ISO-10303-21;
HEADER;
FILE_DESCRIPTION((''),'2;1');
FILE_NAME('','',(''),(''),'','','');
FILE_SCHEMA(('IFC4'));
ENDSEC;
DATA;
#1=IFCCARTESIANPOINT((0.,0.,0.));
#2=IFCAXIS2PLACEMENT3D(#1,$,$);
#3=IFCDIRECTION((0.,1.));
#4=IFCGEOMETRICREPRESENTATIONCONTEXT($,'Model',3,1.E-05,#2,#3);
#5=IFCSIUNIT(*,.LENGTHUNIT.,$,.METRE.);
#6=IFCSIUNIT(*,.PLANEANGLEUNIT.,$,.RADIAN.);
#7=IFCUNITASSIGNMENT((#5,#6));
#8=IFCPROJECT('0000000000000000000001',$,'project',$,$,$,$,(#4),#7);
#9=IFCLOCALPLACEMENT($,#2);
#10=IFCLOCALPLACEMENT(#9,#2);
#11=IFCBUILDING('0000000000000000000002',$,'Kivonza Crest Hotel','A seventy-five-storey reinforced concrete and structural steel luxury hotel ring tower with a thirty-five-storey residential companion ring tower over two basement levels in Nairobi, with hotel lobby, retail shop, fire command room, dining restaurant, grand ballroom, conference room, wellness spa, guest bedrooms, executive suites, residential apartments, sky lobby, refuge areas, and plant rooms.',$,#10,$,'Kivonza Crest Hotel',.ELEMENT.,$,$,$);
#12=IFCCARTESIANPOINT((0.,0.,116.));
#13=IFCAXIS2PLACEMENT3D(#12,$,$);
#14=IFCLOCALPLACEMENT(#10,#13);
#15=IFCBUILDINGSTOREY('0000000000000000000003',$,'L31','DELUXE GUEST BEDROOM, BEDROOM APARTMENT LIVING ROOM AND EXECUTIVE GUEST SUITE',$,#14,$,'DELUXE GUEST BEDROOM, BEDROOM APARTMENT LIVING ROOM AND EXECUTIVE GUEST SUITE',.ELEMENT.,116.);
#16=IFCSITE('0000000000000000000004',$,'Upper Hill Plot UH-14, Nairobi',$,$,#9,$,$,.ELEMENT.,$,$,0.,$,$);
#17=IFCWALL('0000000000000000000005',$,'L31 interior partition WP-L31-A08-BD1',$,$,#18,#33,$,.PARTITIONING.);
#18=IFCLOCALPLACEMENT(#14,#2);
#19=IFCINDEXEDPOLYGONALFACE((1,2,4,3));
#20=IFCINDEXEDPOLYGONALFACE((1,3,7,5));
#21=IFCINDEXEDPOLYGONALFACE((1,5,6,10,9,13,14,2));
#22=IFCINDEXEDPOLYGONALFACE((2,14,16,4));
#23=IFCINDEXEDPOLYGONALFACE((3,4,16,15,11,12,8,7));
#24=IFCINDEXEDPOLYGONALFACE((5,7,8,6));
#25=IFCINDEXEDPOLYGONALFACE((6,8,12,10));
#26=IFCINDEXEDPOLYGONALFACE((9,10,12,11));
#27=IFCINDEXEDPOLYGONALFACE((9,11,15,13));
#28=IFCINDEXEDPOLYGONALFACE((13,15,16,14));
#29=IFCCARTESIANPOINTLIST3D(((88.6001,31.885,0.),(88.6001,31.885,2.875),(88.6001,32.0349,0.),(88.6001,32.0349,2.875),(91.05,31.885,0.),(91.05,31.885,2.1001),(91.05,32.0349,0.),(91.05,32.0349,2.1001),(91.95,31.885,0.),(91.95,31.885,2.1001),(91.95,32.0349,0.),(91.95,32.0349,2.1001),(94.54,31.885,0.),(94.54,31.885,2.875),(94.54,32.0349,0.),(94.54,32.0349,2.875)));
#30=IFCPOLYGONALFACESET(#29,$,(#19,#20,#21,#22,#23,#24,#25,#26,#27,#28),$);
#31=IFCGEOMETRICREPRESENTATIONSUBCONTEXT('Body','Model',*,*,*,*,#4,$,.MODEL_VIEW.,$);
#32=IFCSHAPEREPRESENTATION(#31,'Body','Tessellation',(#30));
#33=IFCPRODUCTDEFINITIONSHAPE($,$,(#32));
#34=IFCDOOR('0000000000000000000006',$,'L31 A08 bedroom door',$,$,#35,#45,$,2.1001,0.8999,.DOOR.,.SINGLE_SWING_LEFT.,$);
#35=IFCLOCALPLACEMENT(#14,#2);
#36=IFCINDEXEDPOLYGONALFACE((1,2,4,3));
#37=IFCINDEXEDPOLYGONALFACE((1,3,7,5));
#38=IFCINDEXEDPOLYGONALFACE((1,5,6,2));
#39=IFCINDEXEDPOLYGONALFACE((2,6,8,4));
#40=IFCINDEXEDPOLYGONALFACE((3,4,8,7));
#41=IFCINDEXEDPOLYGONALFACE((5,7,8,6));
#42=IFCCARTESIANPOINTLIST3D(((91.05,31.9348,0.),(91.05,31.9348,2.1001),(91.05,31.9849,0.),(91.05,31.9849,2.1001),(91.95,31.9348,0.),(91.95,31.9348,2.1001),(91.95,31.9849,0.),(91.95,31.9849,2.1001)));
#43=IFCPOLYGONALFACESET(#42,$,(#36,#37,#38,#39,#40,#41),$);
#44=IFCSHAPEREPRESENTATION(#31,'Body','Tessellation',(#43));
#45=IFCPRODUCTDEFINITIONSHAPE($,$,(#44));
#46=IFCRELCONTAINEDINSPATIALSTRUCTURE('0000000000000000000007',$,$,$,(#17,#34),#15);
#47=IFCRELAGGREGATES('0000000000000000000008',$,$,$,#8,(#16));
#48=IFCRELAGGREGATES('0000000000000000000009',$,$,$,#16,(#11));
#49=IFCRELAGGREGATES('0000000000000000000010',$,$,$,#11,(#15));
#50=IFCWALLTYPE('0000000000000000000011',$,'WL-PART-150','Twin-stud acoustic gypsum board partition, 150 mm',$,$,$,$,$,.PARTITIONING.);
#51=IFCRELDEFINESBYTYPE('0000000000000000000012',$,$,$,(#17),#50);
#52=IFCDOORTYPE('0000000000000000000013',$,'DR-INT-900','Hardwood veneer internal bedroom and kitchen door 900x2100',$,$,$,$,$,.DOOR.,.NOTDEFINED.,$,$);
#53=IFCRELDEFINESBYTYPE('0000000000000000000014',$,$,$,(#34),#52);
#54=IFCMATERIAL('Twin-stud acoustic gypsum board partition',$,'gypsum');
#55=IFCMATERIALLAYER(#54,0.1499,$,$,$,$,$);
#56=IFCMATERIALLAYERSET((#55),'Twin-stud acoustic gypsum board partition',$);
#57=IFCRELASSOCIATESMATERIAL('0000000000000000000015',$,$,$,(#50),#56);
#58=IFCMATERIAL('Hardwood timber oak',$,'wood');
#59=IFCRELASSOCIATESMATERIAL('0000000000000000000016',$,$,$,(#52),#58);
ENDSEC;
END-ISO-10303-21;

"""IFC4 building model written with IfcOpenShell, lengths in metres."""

from ifc_helpers import new_model, si_unit, direction, frame, frame_2d, origin, place, context, subcontext, project, spatial, rectangle, extrude, material, layer, layer_set, type_object, element, fill, save


model = new_model("IFC4")

# Units and contexts
model_context = context("Model", 3, precision=1e-05, world=origin(), true_north=direction((0.0, 1.0)))
body_context = subcontext(model_context, "Body", "Model", "MODEL_VIEW")
ifc_project = project(units=[si_unit("LENGTHUNIT", "METRE"), si_unit("PLANEANGLEUNIT", "RADIAN")], contexts=[model_context])

# Site, building, storey
site_placement = place(None, origin())
site = spatial("IfcSite", under=ifc_project, at=site_placement, Name="Upper Hill Plot UH-14, Nairobi", CompositionType="ELEMENT", RefElevation=0.0)
building_placement = place(site_placement, origin())
building = spatial("IfcBuilding", under=site, at=building_placement, Name="Kivonza Crest Hotel", Description="A seventy-five-storey reinforced concrete and structural steel luxury hotel ring tower with a thirty-five-storey residential companion ring tower over two basement levels in Nairobi, with hotel lobby, retail shop, fire command room, dining restaurant, grand ballroom, conference room, wellness spa, guest bedrooms, executive suites, residential apartments, sky lobby, refuge areas, and plant rooms.", LongName="Kivonza Crest Hotel", CompositionType="ELEMENT")
storey_placement = place(building_placement, frame((0.0, 0.0, 116.0)))
storey = spatial("IfcBuildingStorey", under=building, at=storey_placement, Name="L31", Description="DELUXE GUEST BEDROOM, BEDROOM APARTMENT LIVING ROOM AND EXECUTIVE GUEST SUITE", LongName="DELUXE GUEST BEDROOM, BEDROOM APARTMENT LIVING ROOM AND EXECUTIVE GUEST SUITE", CompositionType="ELEMENT", Elevation=116.0)

# Shared definitions
ifc_material_1 = material(Name="Hardwood timber oak", Category="wood")

# Shared definitions
ifc_material_2 = material(Name="Twin-stud acoustic gypsum board partition", Category="gypsum")
ifc_layer_1 = layer(ifc_material_2, 0.1499)
ifc_layer_set_1 = layer_set([ifc_layer_1], Name="Twin-stud acoustic gypsum board partition")
wall_type_1 = type_object("IfcWallType", Name="WL-PART-150", Description="Twin-stud acoustic gypsum board partition, 150 mm", PredefinedType="PARTITIONING", material=ifc_layer_set_1)
door_type_1 = type_object("IfcDoorType", Name="DR-INT-900", Description="Hardwood veneer internal bedroom and kitchen door 900x2100", OperationType="NOTDEFINED", PredefinedType="DOOR", material=ifc_material_1)

# Wall, opening, door
wall_1_placement = place(storey_placement, frame((88.6001, 31.96, 0.0), z_axis=(0.0, 0.0, 1.0), x_axis=(1.0, 0.0, 0.0)))
wall_1 = element("IfcWall", 1, at=wall_1_placement, inside=storey, type_object=wall_type_1, Name="L31 interior partition WP-L31-A08-BD1", PredefinedType="PARTITIONING", context=body_context, shape_type="SweptSolid", body=[
    extrude(rectangle(XDim=5.9399, YDim=0.1499, at=frame_2d((2.97, 0.0))), origin(), (0.0, 0.0, 1.0), 2.875),
])
opening_1_placement = place(wall_1_placement, frame((2.45, 0.0, 0.0)))
opening_1 = element("IfcOpeningElement", 2, at=opening_1_placement, cuts=wall_1, PredefinedType="OPENING", context=body_context, shape_type="SweptSolid", body=[
    extrude(rectangle(XDim=0.8999, YDim=2.1001, at=frame_2d((0.45, 1.05))), frame((0.0, 0.085, 0.0), z_axis=(0.0, -1.0, 0.0), x_axis=(1.0, 0.0, 0.0)), (0.0, 0.0, 1.0), 0.1699),
])
door_1_placement = place(opening_1_placement, origin())
door_1 = element("IfcDoor", 3, at=door_1_placement, inside=storey, type_object=door_type_1, Name="L31 A08 bedroom door", OperationType="SINGLE_SWING_LEFT", OverallHeight=2.1001, OverallWidth=0.8999, PredefinedType="DOOR", context=body_context, shape_type="SweptSolid", body=[
    extrude(rectangle(XDim=0.8999, YDim=2.1001, at=frame_2d((0.45, 1.05))), frame((0.0, 0.0249, 0.0), z_axis=(0.0, -1.0, 0.0), x_axis=(1.0, 0.0, 0.0)), (0.0, 0.0, 1.0), 0.05),
])
fill(opening_1, door_1)

save(model, "model.ifc")
